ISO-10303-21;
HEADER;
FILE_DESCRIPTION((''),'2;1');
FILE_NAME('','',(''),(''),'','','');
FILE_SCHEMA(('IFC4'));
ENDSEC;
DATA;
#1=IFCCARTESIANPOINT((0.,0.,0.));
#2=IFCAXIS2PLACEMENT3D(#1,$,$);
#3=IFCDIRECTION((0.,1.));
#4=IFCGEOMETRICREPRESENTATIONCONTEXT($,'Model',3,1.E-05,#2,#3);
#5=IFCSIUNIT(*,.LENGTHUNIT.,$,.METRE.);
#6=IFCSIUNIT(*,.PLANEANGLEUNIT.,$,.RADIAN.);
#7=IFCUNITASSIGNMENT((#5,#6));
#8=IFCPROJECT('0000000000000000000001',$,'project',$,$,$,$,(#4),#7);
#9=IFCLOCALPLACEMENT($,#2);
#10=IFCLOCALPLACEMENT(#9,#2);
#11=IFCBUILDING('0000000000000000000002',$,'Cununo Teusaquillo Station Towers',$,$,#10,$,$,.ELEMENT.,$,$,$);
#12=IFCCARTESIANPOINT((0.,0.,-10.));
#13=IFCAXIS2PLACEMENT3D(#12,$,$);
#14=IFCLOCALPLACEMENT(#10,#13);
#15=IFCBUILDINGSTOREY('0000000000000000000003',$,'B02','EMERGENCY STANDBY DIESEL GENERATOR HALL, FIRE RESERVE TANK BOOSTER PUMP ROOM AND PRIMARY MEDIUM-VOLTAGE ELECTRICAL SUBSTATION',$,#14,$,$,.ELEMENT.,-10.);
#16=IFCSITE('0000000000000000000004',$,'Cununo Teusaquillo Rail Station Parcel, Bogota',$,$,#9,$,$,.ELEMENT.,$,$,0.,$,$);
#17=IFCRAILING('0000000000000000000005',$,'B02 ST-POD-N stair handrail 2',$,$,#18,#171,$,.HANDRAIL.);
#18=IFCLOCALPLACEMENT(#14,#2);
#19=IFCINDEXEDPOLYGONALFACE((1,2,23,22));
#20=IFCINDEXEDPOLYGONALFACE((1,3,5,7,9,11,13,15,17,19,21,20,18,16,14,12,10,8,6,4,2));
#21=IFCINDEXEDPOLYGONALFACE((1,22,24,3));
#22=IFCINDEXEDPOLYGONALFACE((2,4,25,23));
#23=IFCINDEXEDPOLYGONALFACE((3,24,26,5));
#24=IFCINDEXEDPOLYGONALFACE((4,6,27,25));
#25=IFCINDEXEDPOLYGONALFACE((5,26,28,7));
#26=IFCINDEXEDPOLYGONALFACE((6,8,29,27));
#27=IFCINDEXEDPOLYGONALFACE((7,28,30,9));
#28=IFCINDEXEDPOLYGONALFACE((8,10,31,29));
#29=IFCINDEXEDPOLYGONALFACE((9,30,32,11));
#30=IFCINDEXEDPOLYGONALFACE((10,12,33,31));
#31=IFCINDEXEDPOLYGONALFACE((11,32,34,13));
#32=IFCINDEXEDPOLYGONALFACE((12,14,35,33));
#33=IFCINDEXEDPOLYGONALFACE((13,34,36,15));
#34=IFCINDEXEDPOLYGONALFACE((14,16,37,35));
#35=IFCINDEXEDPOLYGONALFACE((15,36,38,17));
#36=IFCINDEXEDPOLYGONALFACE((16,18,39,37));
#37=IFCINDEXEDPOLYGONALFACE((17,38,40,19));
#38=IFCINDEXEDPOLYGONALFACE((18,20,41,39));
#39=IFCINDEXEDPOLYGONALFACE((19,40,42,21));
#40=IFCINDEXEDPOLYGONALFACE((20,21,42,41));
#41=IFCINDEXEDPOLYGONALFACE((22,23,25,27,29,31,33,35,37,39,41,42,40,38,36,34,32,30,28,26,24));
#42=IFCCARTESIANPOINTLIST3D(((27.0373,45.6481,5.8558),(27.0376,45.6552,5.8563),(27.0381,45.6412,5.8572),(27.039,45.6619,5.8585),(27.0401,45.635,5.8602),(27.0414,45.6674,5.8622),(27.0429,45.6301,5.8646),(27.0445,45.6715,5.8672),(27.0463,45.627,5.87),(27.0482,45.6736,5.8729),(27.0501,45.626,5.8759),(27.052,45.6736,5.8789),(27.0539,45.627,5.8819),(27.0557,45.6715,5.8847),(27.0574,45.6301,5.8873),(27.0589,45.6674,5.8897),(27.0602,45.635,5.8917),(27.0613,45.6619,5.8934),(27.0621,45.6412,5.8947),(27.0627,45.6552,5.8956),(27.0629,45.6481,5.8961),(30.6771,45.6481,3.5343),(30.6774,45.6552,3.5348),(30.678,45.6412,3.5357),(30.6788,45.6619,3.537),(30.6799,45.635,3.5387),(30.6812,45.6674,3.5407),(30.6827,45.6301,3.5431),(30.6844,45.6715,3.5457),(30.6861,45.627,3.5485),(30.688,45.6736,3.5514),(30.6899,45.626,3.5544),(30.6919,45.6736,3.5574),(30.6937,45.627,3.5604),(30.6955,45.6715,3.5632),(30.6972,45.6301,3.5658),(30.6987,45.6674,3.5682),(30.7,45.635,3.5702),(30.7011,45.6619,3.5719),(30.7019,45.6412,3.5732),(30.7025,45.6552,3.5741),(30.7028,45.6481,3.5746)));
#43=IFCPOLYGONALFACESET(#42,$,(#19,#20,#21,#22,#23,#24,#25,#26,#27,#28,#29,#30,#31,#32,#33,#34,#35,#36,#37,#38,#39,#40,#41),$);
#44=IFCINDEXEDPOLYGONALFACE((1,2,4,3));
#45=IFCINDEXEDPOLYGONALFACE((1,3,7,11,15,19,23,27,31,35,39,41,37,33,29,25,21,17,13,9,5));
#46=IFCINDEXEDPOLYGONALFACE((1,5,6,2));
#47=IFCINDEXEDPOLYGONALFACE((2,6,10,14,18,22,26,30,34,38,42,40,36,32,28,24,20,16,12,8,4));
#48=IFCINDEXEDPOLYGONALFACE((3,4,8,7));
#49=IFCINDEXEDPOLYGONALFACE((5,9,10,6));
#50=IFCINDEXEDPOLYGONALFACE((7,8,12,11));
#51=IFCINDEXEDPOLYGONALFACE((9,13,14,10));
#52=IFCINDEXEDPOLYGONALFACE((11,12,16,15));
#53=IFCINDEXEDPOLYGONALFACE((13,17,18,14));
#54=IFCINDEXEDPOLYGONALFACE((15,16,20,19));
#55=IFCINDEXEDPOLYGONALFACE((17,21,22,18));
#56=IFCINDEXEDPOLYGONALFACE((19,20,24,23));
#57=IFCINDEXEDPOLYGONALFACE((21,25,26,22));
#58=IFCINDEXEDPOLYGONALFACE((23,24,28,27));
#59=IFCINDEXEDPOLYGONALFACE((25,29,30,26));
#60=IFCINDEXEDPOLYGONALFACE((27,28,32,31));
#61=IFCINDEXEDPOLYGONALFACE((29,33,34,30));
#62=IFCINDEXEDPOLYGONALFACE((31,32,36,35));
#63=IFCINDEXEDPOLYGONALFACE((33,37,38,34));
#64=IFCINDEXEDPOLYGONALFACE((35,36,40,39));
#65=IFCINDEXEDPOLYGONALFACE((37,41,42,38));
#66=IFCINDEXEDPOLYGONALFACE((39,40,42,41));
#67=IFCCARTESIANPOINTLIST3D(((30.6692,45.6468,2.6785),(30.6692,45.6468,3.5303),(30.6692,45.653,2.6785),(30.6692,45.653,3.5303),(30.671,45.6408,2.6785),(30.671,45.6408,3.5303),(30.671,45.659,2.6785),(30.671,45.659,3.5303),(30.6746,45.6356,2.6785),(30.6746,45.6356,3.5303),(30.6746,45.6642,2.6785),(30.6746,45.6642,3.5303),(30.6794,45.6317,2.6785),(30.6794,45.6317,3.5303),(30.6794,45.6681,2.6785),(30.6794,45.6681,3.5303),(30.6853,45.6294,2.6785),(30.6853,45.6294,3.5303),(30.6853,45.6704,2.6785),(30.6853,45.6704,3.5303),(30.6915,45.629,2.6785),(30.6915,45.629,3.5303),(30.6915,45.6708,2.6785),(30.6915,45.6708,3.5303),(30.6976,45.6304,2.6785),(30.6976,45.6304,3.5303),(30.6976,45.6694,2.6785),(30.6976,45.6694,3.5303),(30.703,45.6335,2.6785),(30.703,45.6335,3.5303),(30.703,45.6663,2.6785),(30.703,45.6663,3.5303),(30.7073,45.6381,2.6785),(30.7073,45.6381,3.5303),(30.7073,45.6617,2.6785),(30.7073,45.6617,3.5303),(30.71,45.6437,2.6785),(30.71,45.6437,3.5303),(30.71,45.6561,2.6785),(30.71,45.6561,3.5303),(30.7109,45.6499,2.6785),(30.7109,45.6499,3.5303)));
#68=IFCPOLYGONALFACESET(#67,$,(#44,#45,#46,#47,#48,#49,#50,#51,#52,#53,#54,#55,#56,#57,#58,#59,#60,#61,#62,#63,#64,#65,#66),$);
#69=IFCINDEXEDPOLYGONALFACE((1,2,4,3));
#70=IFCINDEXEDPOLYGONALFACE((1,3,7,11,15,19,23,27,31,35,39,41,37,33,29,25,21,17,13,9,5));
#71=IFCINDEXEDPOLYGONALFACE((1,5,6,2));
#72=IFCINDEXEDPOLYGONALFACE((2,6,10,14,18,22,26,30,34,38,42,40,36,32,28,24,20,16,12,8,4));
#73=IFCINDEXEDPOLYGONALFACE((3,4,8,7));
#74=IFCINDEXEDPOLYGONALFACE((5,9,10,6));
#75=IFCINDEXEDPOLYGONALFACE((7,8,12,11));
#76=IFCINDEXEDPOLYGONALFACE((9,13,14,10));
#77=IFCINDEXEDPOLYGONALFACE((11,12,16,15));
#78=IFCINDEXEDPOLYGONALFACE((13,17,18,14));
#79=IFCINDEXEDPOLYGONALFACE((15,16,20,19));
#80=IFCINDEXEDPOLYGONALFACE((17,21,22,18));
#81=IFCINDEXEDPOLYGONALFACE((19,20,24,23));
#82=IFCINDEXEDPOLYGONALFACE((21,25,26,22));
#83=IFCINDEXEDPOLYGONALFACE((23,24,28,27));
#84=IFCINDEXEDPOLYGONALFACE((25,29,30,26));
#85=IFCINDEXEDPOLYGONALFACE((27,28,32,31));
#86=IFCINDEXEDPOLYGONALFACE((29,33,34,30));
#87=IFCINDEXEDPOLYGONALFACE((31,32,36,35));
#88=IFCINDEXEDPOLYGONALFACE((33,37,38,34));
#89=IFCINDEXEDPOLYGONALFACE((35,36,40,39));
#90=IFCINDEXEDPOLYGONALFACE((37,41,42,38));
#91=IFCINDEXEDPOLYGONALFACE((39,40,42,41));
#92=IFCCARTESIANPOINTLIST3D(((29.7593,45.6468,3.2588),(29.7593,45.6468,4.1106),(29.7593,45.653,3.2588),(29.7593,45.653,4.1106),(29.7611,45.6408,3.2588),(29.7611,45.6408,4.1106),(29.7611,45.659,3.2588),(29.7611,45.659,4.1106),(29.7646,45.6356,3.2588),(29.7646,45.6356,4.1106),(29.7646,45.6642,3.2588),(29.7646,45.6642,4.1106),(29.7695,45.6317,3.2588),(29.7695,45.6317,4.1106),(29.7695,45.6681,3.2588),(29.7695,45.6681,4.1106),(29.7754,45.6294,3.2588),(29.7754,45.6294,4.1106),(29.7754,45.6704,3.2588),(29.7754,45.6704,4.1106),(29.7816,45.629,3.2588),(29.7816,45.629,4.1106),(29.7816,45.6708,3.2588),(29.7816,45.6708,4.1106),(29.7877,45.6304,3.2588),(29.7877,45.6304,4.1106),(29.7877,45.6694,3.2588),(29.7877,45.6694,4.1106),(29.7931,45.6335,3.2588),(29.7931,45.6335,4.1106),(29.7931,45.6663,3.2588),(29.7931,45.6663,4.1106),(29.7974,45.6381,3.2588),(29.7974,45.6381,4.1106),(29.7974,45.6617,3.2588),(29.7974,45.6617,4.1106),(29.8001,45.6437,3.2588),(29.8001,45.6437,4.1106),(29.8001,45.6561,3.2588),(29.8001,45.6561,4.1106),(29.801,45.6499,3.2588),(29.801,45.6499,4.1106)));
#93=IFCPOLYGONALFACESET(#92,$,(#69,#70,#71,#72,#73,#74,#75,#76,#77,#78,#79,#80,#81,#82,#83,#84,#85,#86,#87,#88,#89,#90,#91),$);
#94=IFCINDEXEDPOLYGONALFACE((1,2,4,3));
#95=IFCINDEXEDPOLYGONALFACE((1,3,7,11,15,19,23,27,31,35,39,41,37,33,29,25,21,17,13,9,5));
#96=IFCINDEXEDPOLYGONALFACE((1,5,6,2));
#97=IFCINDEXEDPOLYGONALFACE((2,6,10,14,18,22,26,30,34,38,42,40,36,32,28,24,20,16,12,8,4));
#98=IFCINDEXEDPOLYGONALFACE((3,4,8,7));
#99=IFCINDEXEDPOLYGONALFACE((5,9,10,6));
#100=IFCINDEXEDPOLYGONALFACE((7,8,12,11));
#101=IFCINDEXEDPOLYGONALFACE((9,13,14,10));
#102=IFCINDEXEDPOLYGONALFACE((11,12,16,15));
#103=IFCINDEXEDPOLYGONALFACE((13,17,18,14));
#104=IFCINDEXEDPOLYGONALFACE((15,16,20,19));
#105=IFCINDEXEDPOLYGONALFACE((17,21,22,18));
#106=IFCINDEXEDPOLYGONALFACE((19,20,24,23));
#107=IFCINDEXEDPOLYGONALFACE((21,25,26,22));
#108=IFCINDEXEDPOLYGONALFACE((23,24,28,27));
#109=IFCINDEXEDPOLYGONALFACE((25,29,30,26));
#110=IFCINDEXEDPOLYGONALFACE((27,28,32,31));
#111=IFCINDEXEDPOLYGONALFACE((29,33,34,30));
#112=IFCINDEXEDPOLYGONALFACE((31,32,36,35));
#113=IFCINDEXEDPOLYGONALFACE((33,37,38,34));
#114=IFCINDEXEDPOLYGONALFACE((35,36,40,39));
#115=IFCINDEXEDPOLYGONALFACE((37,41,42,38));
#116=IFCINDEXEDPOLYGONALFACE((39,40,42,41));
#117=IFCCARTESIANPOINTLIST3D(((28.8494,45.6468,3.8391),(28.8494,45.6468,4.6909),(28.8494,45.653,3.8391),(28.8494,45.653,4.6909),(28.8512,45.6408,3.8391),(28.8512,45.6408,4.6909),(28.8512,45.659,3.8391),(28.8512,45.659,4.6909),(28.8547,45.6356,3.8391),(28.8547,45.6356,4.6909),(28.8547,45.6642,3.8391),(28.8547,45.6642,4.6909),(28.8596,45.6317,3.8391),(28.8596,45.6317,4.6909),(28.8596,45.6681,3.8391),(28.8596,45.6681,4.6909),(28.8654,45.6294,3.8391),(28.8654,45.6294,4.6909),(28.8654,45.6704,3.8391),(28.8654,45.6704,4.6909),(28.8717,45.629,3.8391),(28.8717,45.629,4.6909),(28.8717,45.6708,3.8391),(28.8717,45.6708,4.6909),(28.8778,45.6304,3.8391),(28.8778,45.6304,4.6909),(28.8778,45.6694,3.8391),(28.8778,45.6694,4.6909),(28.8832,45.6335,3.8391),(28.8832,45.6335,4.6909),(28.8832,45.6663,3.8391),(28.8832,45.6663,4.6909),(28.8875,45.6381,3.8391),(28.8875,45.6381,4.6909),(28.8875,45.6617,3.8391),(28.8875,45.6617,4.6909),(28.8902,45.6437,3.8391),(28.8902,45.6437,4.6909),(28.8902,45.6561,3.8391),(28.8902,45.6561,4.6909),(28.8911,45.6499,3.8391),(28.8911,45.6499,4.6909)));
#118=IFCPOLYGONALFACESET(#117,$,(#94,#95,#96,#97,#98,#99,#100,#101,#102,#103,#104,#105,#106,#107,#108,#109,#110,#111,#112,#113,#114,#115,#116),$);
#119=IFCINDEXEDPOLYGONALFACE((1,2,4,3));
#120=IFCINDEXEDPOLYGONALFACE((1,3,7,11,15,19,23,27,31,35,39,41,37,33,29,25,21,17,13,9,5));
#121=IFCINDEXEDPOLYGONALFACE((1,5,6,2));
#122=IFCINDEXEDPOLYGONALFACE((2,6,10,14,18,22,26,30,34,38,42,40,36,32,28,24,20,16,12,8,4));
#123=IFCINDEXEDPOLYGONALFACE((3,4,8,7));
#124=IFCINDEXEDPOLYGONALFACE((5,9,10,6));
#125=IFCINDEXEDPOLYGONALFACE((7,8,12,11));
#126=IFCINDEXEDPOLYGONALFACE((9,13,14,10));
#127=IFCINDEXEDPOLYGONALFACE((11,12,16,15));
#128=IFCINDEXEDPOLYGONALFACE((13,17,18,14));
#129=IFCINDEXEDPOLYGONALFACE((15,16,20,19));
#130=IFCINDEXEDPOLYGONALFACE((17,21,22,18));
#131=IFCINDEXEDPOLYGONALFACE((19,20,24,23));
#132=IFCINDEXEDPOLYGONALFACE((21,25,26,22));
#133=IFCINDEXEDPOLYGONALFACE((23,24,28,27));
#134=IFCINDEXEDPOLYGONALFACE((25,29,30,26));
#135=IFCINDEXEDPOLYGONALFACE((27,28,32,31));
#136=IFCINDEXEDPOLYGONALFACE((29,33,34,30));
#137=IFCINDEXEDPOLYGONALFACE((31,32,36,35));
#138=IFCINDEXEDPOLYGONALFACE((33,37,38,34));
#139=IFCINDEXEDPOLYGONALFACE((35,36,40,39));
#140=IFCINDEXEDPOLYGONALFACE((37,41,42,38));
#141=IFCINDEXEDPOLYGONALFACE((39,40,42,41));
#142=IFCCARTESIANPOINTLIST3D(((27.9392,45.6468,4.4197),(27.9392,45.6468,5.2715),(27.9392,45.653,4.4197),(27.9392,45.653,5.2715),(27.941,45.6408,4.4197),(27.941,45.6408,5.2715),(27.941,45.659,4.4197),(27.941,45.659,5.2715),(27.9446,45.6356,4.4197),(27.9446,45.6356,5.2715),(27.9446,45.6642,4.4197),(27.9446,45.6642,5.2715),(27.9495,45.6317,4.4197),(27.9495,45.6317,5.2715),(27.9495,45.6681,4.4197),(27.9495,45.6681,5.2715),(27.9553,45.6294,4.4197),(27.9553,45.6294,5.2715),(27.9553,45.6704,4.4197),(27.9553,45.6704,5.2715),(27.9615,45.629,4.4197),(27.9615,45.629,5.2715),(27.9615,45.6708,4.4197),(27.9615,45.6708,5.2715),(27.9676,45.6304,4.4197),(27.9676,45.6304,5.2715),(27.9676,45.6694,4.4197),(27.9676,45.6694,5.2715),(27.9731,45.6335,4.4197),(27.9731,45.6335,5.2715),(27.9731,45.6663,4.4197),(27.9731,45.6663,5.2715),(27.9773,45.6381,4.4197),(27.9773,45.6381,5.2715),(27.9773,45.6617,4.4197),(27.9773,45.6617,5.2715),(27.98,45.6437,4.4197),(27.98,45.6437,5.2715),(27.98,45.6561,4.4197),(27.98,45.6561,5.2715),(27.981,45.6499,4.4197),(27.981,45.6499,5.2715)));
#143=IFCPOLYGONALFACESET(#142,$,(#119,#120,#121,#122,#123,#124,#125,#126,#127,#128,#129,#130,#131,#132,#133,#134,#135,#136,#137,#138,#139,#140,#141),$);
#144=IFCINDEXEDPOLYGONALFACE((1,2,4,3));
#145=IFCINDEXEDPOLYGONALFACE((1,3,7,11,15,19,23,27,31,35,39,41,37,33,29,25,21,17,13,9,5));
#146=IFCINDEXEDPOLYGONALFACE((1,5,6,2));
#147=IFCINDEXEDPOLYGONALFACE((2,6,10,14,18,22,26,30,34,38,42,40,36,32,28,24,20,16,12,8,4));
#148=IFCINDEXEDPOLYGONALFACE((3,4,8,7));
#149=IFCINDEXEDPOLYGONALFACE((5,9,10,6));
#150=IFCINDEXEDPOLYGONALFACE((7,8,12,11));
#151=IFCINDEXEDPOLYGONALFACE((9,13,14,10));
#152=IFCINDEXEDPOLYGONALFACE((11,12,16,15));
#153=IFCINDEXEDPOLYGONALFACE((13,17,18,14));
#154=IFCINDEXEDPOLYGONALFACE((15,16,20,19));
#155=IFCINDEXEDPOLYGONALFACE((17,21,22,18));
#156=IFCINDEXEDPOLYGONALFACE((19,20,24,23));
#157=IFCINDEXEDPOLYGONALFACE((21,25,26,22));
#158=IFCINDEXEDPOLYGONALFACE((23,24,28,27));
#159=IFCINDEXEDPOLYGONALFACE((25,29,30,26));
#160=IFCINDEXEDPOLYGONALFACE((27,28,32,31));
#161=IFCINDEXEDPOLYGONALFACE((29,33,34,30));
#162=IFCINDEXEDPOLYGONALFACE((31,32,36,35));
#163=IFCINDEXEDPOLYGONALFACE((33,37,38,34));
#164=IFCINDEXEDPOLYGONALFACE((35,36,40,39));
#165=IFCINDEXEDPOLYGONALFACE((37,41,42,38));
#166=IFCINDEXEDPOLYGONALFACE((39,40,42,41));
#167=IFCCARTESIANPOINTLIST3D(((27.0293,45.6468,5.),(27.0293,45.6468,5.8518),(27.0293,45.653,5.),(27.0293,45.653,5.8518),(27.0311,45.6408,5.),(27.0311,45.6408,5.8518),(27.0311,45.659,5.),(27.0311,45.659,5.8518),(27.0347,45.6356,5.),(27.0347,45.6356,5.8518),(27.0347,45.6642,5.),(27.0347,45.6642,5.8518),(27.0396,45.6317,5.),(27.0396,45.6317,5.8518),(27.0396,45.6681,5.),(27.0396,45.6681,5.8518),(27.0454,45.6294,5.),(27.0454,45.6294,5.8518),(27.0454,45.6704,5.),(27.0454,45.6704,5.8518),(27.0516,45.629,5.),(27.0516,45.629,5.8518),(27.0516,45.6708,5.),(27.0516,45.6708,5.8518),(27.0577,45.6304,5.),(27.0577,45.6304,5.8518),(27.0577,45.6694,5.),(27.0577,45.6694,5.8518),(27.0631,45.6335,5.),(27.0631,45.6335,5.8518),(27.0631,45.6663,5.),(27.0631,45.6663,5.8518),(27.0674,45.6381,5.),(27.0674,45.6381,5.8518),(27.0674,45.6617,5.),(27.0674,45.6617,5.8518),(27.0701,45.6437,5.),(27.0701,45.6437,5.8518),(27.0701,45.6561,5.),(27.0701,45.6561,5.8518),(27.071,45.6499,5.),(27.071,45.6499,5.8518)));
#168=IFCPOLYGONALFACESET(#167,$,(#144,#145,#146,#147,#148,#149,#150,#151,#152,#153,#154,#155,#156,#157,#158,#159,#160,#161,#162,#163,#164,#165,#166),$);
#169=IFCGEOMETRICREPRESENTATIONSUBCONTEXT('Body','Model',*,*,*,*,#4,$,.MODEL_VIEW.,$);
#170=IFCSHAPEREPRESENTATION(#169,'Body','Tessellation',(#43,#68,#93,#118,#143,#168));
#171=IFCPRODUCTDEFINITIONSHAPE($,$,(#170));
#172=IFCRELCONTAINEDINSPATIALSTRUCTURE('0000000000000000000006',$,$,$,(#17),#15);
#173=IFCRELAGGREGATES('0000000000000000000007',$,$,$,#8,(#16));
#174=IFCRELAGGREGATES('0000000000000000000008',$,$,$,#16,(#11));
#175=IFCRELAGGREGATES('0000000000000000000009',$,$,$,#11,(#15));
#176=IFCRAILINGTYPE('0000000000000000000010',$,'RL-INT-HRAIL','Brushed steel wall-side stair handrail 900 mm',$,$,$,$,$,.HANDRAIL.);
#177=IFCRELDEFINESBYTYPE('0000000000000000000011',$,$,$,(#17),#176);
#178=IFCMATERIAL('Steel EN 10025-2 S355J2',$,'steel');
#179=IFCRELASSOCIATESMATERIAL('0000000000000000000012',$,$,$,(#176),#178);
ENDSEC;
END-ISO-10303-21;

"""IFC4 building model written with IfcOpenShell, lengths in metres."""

from ifc_helpers import new_model, si_unit, direction, frame, origin, origin_2d, place, context, subcontext, project, spatial, circle, extrude, material, type_object, element, save


model = new_model("IFC4")

# Units and contexts
model_context = context("Model", 3, precision=1e-05, world=origin(), true_north=direction((0.0, 1.0)))
body_context = subcontext(model_context, "Body", "Model", "MODEL_VIEW")
ifc_project = project(units=[si_unit("LENGTHUNIT", "METRE"), si_unit("PLANEANGLEUNIT", "RADIAN")], contexts=[model_context])

# Site, building, storey
site_placement = place(None, origin())
site = spatial("IfcSite", under=ifc_project, at=site_placement, Name="Cununo Teusaquillo Rail Station Parcel, Bogota", CompositionType="ELEMENT", RefElevation=0.0)
building_placement = place(site_placement, origin())
building = spatial("IfcBuilding", under=site, at=building_placement, Name="Cununo Teusaquillo Station Towers", CompositionType="ELEMENT")
storey_placement = place(building_placement, frame((0.0, 0.0, -10.0)))
storey = spatial("IfcBuildingStorey", under=building, at=storey_placement, Name="B02", Description="EMERGENCY STANDBY DIESEL GENERATOR HALL, FIRE RESERVE TANK BOOSTER PUMP ROOM AND PRIMARY MEDIUM-VOLTAGE ELECTRICAL SUBSTATION", CompositionType="ELEMENT", Elevation=-10.0)

# Railing
ifc_material_1 = material(Name="Steel EN 10025-2 S355J2", Category="steel")
railing_type_1 = type_object("IfcRailingType", Name="RL-INT-HRAIL", Description="Brushed steel wall-side stair handrail 900 mm", PredefinedType="HANDRAIL", material=ifc_material_1)
railing_1_placement = place(storey_placement, frame((30.6899, 45.6499, 2.6785)))
element("IfcRailing", 1, at=railing_1_placement, inside=storey, type_object=railing_type_1, Name="B02 ST-POD-N stair handrail 2", PredefinedType="HANDRAIL", context=body_context, shape_type="SweptSolid", body=[
    extrude(circle(Radius=0.0239, at=origin_2d()), frame((0.0, 0.0, 0.876), z_axis=(-0.843112, 0.0, 0.537739), x_axis=(0.0, -1.0, 0.0)), (0.0, 0.0, 1.0), 4.3171),
    extrude(circle(Radius=0.021, at=origin_2d()), origin(), (0.0, 0.0, 1.0), 0.8518),
    extrude(circle(Radius=0.021, at=origin_2d()), frame((-0.9099, 0.0, 0.5803)), (0.0, 0.0, 1.0), 0.8518),
    extrude(circle(Radius=0.021, at=origin_2d()), frame((-1.8198, 0.0, 1.1606)), (0.0, 0.0, 1.0), 0.8518),
    extrude(circle(Radius=0.021, at=origin_2d()), frame((-2.73, 0.0, 1.7412)), (0.0, 0.0, 1.0), 0.8518),
    extrude(circle(Radius=0.021, at=origin_2d()), frame((-3.6399, 0.0, 2.3215)), (0.0, 0.0, 1.0), 0.8518),
])

save(model, "model.ifc")
